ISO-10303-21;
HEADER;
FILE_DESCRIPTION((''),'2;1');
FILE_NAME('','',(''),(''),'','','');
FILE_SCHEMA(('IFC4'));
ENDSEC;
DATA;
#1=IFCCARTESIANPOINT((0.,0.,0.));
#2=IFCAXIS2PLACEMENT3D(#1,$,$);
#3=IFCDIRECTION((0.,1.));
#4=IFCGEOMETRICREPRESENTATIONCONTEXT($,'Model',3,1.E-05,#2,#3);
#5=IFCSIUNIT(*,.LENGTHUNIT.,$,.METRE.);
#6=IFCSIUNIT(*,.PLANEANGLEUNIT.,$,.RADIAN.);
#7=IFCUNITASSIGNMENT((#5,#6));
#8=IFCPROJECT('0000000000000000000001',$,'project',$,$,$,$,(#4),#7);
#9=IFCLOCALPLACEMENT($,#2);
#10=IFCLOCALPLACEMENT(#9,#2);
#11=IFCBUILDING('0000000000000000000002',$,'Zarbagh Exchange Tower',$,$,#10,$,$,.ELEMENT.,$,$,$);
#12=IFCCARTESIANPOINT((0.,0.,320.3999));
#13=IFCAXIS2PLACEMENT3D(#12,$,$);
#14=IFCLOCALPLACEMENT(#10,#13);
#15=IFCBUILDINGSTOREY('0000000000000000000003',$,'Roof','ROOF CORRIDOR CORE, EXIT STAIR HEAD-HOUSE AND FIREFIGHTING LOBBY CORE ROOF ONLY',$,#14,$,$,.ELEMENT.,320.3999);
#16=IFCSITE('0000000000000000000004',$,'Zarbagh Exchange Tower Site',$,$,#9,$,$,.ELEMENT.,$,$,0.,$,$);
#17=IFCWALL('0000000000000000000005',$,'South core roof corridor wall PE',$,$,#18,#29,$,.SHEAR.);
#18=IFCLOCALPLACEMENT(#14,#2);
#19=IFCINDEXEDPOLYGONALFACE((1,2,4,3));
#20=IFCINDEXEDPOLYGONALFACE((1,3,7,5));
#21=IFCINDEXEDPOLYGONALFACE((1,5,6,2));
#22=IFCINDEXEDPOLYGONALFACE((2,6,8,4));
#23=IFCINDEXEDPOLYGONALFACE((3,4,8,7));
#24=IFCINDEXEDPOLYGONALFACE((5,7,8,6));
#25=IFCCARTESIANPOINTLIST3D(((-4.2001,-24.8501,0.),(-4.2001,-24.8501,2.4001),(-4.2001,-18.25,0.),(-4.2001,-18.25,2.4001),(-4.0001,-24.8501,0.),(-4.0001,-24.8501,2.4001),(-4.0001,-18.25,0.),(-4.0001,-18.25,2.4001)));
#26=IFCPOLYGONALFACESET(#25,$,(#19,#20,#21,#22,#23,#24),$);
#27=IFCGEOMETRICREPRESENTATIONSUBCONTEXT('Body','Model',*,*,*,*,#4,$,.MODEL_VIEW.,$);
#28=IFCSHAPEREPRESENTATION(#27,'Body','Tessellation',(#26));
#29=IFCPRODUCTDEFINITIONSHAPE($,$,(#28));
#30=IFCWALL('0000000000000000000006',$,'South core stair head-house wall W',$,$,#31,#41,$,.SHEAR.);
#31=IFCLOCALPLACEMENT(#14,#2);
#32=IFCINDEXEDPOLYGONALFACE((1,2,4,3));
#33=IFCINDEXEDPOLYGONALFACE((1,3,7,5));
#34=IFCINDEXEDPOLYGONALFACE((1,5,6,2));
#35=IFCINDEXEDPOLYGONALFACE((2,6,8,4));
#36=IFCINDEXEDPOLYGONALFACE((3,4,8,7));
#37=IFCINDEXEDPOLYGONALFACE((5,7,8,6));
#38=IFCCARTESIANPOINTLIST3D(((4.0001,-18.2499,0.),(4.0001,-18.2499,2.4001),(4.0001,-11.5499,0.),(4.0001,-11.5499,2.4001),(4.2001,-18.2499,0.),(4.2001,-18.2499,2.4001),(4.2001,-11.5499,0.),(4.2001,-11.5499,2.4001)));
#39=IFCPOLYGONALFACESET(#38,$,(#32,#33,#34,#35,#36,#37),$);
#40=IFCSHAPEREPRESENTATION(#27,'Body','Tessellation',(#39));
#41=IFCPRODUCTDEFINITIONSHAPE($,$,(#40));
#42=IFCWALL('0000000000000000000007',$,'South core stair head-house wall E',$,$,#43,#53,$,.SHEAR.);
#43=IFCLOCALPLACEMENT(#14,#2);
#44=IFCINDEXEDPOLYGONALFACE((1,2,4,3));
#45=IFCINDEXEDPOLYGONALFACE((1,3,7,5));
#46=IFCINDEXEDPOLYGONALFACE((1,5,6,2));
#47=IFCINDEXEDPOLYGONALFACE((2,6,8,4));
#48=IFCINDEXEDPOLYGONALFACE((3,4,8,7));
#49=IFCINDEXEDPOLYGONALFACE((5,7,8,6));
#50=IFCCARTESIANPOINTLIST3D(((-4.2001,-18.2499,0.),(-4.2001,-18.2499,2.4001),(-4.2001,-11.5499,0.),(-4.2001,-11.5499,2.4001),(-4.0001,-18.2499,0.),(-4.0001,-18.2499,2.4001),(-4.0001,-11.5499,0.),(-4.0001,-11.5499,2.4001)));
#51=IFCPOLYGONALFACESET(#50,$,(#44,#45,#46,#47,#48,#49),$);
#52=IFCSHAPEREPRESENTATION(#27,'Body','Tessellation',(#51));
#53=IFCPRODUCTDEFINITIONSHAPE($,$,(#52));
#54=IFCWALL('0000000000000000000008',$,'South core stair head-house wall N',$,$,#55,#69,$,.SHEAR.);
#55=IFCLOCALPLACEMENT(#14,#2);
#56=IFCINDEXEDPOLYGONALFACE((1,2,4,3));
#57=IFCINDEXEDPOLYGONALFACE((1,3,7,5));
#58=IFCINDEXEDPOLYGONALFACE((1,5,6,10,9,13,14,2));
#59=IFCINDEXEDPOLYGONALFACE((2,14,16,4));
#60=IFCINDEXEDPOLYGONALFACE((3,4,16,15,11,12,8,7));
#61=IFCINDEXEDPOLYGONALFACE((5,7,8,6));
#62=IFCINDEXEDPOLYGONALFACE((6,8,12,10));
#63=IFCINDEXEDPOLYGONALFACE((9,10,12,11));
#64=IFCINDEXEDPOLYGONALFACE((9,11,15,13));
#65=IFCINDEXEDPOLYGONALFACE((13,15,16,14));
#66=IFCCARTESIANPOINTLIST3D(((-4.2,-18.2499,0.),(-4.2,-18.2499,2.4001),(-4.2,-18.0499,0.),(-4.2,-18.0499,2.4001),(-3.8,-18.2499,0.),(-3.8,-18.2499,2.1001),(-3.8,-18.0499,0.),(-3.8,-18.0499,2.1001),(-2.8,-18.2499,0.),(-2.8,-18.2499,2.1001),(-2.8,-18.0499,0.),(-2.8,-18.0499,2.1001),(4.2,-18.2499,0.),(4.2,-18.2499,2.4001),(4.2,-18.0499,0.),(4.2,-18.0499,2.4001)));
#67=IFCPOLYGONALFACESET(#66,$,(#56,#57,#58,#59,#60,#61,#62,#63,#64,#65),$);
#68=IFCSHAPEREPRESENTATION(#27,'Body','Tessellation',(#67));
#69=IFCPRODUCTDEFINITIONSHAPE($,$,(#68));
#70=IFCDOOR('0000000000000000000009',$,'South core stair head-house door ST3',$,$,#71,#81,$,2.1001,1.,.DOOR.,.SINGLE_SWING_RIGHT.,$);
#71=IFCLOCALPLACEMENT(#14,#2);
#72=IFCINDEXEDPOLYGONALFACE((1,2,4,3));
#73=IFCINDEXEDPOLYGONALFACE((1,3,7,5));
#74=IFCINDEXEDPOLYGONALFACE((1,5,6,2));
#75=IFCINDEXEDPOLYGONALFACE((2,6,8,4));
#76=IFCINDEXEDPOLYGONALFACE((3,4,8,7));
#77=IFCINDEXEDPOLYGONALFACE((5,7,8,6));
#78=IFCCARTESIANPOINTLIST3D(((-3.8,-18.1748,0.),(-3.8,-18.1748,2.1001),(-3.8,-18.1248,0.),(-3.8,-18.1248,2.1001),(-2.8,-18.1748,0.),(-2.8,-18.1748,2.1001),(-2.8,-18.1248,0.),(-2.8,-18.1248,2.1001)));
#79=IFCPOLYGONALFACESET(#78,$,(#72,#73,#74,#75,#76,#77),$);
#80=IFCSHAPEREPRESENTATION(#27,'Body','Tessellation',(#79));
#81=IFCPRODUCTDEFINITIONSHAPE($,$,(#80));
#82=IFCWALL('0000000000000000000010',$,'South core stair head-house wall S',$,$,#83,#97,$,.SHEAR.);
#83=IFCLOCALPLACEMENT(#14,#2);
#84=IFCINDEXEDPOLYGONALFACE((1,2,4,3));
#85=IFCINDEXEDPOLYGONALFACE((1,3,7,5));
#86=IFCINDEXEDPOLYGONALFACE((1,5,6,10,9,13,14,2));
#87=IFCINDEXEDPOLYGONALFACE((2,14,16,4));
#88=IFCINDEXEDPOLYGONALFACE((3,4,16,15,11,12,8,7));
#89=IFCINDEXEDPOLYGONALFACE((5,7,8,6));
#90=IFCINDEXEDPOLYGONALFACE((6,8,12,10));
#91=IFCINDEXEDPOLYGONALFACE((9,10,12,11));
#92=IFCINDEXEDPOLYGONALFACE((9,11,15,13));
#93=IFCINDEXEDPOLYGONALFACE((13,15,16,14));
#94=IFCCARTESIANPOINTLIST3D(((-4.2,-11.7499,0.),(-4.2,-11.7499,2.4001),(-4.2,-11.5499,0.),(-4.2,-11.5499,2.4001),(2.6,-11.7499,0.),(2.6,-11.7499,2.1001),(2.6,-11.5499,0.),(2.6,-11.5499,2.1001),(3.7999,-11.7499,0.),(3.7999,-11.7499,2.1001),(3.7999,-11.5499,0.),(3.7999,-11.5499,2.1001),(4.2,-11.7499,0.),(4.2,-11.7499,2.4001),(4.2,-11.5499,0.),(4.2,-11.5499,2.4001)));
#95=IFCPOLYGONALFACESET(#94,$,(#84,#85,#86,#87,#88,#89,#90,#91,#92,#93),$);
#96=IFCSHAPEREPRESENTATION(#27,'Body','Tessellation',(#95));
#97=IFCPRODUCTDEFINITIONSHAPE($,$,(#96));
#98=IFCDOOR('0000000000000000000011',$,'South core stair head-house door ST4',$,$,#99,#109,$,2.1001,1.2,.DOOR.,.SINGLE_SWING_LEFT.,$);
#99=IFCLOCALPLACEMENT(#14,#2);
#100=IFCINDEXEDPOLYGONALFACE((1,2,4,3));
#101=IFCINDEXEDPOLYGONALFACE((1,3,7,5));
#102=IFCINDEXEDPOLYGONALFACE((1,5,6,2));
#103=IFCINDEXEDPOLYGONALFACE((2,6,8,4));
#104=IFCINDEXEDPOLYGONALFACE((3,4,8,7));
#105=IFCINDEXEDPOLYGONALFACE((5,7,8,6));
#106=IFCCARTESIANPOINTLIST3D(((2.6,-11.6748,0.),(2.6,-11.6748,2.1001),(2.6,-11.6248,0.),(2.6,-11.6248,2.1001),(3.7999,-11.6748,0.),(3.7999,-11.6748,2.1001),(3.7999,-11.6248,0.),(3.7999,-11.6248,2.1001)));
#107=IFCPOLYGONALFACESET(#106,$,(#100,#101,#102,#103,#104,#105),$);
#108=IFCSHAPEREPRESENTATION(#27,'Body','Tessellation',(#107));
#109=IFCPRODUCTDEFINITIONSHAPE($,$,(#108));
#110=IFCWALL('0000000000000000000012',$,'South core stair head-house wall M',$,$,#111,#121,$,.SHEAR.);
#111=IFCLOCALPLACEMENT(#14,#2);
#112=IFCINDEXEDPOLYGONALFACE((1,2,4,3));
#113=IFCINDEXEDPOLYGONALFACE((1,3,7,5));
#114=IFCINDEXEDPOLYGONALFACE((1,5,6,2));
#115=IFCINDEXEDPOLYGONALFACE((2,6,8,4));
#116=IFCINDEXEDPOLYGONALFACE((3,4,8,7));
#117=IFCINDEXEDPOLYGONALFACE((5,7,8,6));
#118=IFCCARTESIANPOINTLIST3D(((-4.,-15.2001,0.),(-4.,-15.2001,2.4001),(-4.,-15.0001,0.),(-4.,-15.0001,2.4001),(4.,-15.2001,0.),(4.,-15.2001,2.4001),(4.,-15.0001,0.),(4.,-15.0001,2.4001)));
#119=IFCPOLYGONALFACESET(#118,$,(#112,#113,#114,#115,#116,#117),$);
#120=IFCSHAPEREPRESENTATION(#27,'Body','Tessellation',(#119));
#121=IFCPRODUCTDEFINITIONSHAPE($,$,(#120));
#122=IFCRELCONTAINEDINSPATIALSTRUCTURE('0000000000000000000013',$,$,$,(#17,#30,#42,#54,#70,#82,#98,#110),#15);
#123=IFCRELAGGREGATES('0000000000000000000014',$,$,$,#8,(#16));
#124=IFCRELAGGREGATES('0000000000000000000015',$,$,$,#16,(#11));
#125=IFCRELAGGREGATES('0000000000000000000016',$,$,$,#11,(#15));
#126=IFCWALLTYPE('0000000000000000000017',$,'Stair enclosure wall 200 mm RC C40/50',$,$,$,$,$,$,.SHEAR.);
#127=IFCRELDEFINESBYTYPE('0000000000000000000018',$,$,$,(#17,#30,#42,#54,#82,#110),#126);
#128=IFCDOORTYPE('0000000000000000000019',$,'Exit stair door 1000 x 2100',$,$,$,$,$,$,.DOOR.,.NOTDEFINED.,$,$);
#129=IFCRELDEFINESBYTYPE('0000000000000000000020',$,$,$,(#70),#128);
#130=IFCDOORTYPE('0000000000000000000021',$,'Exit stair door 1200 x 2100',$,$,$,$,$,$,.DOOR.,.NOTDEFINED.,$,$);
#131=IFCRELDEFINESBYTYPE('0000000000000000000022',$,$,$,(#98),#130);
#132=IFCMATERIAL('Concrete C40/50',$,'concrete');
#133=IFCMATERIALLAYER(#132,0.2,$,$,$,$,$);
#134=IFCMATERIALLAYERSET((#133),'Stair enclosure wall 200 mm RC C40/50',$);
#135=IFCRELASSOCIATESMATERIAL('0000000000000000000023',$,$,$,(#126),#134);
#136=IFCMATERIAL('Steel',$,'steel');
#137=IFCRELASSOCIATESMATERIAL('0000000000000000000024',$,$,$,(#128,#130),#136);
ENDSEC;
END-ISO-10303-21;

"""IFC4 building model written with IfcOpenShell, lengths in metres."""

from ifc_helpers import new_model, si_unit, direction, frame, frame_2d, origin, place, context, subcontext, project, spatial, rectangle, extrude, material, layer, layer_set, type_object, element, fill, save


model = new_model("IFC4")

# Units and contexts
model_context = context("Model", 3, precision=1e-05, world=origin(), true_north=direction((0.0, 1.0)))
body_context = subcontext(model_context, "Body", "Model", "MODEL_VIEW")
ifc_project = project(units=[si_unit("LENGTHUNIT", "METRE"), si_unit("PLANEANGLEUNIT", "RADIAN")], contexts=[model_context])

# Site, building, storey
site_placement = place(None, origin())
site = spatial("IfcSite", under=ifc_project, at=site_placement, Name="Zarbagh Exchange Tower Site", CompositionType="ELEMENT", RefElevation=0.0)
building_placement = place(site_placement, origin())
building = spatial("IfcBuilding", under=site, at=building_placement, Name="Zarbagh Exchange Tower", CompositionType="ELEMENT")
storey_placement = place(building_placement, frame((0.0, 0.0, 320.3999)))
storey = spatial("IfcBuildingStorey", under=building, at=storey_placement, Name="Roof", Description="ROOF CORRIDOR CORE, EXIT STAIR HEAD-HOUSE AND FIREFIGHTING LOBBY CORE ROOF ONLY", CompositionType="ELEMENT", Elevation=320.3999)

# Shared definitions
ifc_material_1 = material(Name="Concrete C40/50", Category="concrete")
ifc_layer_1 = layer(ifc_material_1, 0.2)
ifc_layer_set_1 = layer_set([ifc_layer_1], Name="Stair enclosure wall 200 mm RC C40/50")
wall_type_1 = type_object("IfcWallType", Name="Stair enclosure wall 200 mm RC C40/50", PredefinedType="SHEAR", material=ifc_layer_set_1)

# Shared definitions
ifc_material_2 = material(Name="Steel", Category="steel")

# Walls
wall_1_placement = place(storey_placement, frame((-4.1001, -24.8501, 0.0), z_axis=(0.0, 0.0, 1.0), x_axis=(0.0, 1.0, 0.0)))
element("IfcWall", 1, at=wall_1_placement, inside=storey, type_object=wall_type_1, Name="South core roof corridor wall PE", PredefinedType="SHEAR", context=body_context, shape_type="SweptSolid", body=[
    extrude(rectangle(XDim=6.6001, YDim=0.2, at=frame_2d((3.3, 0.0))), origin(), (0.0, 0.0, 1.0), 2.4001),
])
for number, where, z_axis, x_axis, name in (
    (2, (4.1001, -18.25, 0.0), (0.0, 0.0, 1.0), (0.0, 1.0, 0.0), "South core stair head-house wall W"),
    (3, (-4.1001, -18.25, 0.0), (0.0, 0.0, 1.0), (0.0, 1.0, 0.0), "South core stair head-house wall E"),
):
    element("IfcWall", number, at=place(storey_placement, frame(where, z_axis=z_axis, x_axis=x_axis)), inside=storey, type_object=wall_type_1, Name=name, PredefinedType="SHEAR", context=body_context, shape_type="SweptSolid", body=[
        extrude(rectangle(XDim=6.7, YDim=0.2, at=frame_2d((3.3501, 0.0))), origin(), (0.0, 0.0, 1.0), 2.4001),
    ])

# Walls, openings, doors
wall_2_placement = place(storey_placement, frame((4.2, -18.1499, 0.0), z_axis=(0.0, 0.0, 1.0), x_axis=(-1.0, 0.0, 0.0)))
wall_2 = element("IfcWall", 4, at=wall_2_placement, inside=storey, type_object=wall_type_1, Name="South core stair head-house wall N", PredefinedType="SHEAR", context=body_context, shape_type="SweptSolid", body=[
    extrude(rectangle(XDim=8.3999, YDim=0.2, at=frame_2d((4.2, 0.0))), origin(), (0.0, 0.0, 1.0), 2.4001),
])
opening_1_placement = place(wall_2_placement, frame((7.0, 0.0, 0.0)))
opening_1 = element("IfcOpeningElement", 5, at=opening_1_placement, cuts=wall_2, PredefinedType="OPENING", context=body_context, shape_type="SweptSolid", body=[
    extrude(rectangle(XDim=1.0, YDim=2.1001, at=frame_2d((0.5, 1.05))), frame((0.0, 0.1099, 0.0), z_axis=(0.0, -1.0, 0.0), x_axis=(1.0, 0.0, 0.0)), (0.0, 0.0, 1.0), 0.22),
])
door_type_1 = type_object("IfcDoorType", Name="Exit stair door 1000 x 2100", OperationType="NOTDEFINED", PredefinedType="DOOR", material=ifc_material_2)
door_1_placement = place(opening_1_placement, origin())
door_1 = element("IfcDoor", 6, at=door_1_placement, inside=storey, type_object=door_type_1, Name="South core stair head-house door ST3", OperationType="SINGLE_SWING_RIGHT", OverallHeight=2.1001, OverallWidth=1.0, PredefinedType="DOOR", context=body_context, shape_type="SweptSolid", body=[
    extrude(rectangle(XDim=1.0, YDim=2.1001, at=frame_2d((0.5, 1.05))), frame((0.0, 0.0249, 0.0), z_axis=(0.0, -1.0, 0.0), x_axis=(1.0, 0.0, 0.0)), (0.0, 0.0, 1.0), 0.05),
])
fill(opening_1, door_1)
wall_3_placement = place(storey_placement, frame((4.2, -11.6499, 0.0), z_axis=(0.0, 0.0, 1.0), x_axis=(-1.0, 0.0, 0.0)))
wall_3 = element("IfcWall", 7, at=wall_3_placement, inside=storey, type_object=wall_type_1, Name="South core stair head-house wall S", PredefinedType="SHEAR", context=body_context, shape_type="SweptSolid", body=[
    extrude(rectangle(XDim=8.3999, YDim=0.2, at=frame_2d((4.2, 0.0))), origin(), (0.0, 0.0, 1.0), 2.4001),
])
opening_2_placement = place(wall_3_placement, frame((0.3999, 0.0, 0.0)))
opening_2 = element("IfcOpeningElement", 8, at=opening_2_placement, cuts=wall_3, PredefinedType="OPENING", context=body_context, shape_type="SweptSolid", body=[
    extrude(rectangle(XDim=1.2, YDim=2.1001, at=frame_2d((0.6001, 1.05))), frame((0.0, 0.1099, 0.0), z_axis=(0.0, -1.0, 0.0), x_axis=(1.0, 0.0, 0.0)), (0.0, 0.0, 1.0), 0.22),
])
door_type_2 = type_object("IfcDoorType", Name="Exit stair door 1200 x 2100", OperationType="NOTDEFINED", PredefinedType="DOOR", material=ifc_material_2)
door_2_placement = place(opening_2_placement, origin())
door_2 = element("IfcDoor", 9, at=door_2_placement, inside=storey, type_object=door_type_2, Name="South core stair head-house door ST4", OperationType="SINGLE_SWING_LEFT", OverallHeight=2.1001, OverallWidth=1.2, PredefinedType="DOOR", context=body_context, shape_type="SweptSolid", body=[
    extrude(rectangle(XDim=1.2, YDim=2.1001, at=frame_2d((0.6001, 1.05))), frame((0.0, 0.0249, 0.0), z_axis=(0.0, -1.0, 0.0), x_axis=(1.0, 0.0, 0.0)), (0.0, 0.0, 1.0), 0.05),
])
fill(opening_2, door_2)

# Wall
wall_4_placement = place(storey_placement, frame((4.0, -15.1001, 0.0), z_axis=(0.0, 0.0, 1.0), x_axis=(-1.0, 0.0, 0.0)))
element("IfcWall", 10, at=wall_4_placement, inside=storey, type_object=wall_type_1, Name="South core stair head-house wall M", PredefinedType="SHEAR", context=body_context, shape_type="SweptSolid", body=[
    extrude(rectangle(XDim=8.0, YDim=0.2, at=frame_2d((4.0, 0.0))), origin(), (0.0, 0.0, 1.0), 2.4001),
])

save(model, "model.ifc")
